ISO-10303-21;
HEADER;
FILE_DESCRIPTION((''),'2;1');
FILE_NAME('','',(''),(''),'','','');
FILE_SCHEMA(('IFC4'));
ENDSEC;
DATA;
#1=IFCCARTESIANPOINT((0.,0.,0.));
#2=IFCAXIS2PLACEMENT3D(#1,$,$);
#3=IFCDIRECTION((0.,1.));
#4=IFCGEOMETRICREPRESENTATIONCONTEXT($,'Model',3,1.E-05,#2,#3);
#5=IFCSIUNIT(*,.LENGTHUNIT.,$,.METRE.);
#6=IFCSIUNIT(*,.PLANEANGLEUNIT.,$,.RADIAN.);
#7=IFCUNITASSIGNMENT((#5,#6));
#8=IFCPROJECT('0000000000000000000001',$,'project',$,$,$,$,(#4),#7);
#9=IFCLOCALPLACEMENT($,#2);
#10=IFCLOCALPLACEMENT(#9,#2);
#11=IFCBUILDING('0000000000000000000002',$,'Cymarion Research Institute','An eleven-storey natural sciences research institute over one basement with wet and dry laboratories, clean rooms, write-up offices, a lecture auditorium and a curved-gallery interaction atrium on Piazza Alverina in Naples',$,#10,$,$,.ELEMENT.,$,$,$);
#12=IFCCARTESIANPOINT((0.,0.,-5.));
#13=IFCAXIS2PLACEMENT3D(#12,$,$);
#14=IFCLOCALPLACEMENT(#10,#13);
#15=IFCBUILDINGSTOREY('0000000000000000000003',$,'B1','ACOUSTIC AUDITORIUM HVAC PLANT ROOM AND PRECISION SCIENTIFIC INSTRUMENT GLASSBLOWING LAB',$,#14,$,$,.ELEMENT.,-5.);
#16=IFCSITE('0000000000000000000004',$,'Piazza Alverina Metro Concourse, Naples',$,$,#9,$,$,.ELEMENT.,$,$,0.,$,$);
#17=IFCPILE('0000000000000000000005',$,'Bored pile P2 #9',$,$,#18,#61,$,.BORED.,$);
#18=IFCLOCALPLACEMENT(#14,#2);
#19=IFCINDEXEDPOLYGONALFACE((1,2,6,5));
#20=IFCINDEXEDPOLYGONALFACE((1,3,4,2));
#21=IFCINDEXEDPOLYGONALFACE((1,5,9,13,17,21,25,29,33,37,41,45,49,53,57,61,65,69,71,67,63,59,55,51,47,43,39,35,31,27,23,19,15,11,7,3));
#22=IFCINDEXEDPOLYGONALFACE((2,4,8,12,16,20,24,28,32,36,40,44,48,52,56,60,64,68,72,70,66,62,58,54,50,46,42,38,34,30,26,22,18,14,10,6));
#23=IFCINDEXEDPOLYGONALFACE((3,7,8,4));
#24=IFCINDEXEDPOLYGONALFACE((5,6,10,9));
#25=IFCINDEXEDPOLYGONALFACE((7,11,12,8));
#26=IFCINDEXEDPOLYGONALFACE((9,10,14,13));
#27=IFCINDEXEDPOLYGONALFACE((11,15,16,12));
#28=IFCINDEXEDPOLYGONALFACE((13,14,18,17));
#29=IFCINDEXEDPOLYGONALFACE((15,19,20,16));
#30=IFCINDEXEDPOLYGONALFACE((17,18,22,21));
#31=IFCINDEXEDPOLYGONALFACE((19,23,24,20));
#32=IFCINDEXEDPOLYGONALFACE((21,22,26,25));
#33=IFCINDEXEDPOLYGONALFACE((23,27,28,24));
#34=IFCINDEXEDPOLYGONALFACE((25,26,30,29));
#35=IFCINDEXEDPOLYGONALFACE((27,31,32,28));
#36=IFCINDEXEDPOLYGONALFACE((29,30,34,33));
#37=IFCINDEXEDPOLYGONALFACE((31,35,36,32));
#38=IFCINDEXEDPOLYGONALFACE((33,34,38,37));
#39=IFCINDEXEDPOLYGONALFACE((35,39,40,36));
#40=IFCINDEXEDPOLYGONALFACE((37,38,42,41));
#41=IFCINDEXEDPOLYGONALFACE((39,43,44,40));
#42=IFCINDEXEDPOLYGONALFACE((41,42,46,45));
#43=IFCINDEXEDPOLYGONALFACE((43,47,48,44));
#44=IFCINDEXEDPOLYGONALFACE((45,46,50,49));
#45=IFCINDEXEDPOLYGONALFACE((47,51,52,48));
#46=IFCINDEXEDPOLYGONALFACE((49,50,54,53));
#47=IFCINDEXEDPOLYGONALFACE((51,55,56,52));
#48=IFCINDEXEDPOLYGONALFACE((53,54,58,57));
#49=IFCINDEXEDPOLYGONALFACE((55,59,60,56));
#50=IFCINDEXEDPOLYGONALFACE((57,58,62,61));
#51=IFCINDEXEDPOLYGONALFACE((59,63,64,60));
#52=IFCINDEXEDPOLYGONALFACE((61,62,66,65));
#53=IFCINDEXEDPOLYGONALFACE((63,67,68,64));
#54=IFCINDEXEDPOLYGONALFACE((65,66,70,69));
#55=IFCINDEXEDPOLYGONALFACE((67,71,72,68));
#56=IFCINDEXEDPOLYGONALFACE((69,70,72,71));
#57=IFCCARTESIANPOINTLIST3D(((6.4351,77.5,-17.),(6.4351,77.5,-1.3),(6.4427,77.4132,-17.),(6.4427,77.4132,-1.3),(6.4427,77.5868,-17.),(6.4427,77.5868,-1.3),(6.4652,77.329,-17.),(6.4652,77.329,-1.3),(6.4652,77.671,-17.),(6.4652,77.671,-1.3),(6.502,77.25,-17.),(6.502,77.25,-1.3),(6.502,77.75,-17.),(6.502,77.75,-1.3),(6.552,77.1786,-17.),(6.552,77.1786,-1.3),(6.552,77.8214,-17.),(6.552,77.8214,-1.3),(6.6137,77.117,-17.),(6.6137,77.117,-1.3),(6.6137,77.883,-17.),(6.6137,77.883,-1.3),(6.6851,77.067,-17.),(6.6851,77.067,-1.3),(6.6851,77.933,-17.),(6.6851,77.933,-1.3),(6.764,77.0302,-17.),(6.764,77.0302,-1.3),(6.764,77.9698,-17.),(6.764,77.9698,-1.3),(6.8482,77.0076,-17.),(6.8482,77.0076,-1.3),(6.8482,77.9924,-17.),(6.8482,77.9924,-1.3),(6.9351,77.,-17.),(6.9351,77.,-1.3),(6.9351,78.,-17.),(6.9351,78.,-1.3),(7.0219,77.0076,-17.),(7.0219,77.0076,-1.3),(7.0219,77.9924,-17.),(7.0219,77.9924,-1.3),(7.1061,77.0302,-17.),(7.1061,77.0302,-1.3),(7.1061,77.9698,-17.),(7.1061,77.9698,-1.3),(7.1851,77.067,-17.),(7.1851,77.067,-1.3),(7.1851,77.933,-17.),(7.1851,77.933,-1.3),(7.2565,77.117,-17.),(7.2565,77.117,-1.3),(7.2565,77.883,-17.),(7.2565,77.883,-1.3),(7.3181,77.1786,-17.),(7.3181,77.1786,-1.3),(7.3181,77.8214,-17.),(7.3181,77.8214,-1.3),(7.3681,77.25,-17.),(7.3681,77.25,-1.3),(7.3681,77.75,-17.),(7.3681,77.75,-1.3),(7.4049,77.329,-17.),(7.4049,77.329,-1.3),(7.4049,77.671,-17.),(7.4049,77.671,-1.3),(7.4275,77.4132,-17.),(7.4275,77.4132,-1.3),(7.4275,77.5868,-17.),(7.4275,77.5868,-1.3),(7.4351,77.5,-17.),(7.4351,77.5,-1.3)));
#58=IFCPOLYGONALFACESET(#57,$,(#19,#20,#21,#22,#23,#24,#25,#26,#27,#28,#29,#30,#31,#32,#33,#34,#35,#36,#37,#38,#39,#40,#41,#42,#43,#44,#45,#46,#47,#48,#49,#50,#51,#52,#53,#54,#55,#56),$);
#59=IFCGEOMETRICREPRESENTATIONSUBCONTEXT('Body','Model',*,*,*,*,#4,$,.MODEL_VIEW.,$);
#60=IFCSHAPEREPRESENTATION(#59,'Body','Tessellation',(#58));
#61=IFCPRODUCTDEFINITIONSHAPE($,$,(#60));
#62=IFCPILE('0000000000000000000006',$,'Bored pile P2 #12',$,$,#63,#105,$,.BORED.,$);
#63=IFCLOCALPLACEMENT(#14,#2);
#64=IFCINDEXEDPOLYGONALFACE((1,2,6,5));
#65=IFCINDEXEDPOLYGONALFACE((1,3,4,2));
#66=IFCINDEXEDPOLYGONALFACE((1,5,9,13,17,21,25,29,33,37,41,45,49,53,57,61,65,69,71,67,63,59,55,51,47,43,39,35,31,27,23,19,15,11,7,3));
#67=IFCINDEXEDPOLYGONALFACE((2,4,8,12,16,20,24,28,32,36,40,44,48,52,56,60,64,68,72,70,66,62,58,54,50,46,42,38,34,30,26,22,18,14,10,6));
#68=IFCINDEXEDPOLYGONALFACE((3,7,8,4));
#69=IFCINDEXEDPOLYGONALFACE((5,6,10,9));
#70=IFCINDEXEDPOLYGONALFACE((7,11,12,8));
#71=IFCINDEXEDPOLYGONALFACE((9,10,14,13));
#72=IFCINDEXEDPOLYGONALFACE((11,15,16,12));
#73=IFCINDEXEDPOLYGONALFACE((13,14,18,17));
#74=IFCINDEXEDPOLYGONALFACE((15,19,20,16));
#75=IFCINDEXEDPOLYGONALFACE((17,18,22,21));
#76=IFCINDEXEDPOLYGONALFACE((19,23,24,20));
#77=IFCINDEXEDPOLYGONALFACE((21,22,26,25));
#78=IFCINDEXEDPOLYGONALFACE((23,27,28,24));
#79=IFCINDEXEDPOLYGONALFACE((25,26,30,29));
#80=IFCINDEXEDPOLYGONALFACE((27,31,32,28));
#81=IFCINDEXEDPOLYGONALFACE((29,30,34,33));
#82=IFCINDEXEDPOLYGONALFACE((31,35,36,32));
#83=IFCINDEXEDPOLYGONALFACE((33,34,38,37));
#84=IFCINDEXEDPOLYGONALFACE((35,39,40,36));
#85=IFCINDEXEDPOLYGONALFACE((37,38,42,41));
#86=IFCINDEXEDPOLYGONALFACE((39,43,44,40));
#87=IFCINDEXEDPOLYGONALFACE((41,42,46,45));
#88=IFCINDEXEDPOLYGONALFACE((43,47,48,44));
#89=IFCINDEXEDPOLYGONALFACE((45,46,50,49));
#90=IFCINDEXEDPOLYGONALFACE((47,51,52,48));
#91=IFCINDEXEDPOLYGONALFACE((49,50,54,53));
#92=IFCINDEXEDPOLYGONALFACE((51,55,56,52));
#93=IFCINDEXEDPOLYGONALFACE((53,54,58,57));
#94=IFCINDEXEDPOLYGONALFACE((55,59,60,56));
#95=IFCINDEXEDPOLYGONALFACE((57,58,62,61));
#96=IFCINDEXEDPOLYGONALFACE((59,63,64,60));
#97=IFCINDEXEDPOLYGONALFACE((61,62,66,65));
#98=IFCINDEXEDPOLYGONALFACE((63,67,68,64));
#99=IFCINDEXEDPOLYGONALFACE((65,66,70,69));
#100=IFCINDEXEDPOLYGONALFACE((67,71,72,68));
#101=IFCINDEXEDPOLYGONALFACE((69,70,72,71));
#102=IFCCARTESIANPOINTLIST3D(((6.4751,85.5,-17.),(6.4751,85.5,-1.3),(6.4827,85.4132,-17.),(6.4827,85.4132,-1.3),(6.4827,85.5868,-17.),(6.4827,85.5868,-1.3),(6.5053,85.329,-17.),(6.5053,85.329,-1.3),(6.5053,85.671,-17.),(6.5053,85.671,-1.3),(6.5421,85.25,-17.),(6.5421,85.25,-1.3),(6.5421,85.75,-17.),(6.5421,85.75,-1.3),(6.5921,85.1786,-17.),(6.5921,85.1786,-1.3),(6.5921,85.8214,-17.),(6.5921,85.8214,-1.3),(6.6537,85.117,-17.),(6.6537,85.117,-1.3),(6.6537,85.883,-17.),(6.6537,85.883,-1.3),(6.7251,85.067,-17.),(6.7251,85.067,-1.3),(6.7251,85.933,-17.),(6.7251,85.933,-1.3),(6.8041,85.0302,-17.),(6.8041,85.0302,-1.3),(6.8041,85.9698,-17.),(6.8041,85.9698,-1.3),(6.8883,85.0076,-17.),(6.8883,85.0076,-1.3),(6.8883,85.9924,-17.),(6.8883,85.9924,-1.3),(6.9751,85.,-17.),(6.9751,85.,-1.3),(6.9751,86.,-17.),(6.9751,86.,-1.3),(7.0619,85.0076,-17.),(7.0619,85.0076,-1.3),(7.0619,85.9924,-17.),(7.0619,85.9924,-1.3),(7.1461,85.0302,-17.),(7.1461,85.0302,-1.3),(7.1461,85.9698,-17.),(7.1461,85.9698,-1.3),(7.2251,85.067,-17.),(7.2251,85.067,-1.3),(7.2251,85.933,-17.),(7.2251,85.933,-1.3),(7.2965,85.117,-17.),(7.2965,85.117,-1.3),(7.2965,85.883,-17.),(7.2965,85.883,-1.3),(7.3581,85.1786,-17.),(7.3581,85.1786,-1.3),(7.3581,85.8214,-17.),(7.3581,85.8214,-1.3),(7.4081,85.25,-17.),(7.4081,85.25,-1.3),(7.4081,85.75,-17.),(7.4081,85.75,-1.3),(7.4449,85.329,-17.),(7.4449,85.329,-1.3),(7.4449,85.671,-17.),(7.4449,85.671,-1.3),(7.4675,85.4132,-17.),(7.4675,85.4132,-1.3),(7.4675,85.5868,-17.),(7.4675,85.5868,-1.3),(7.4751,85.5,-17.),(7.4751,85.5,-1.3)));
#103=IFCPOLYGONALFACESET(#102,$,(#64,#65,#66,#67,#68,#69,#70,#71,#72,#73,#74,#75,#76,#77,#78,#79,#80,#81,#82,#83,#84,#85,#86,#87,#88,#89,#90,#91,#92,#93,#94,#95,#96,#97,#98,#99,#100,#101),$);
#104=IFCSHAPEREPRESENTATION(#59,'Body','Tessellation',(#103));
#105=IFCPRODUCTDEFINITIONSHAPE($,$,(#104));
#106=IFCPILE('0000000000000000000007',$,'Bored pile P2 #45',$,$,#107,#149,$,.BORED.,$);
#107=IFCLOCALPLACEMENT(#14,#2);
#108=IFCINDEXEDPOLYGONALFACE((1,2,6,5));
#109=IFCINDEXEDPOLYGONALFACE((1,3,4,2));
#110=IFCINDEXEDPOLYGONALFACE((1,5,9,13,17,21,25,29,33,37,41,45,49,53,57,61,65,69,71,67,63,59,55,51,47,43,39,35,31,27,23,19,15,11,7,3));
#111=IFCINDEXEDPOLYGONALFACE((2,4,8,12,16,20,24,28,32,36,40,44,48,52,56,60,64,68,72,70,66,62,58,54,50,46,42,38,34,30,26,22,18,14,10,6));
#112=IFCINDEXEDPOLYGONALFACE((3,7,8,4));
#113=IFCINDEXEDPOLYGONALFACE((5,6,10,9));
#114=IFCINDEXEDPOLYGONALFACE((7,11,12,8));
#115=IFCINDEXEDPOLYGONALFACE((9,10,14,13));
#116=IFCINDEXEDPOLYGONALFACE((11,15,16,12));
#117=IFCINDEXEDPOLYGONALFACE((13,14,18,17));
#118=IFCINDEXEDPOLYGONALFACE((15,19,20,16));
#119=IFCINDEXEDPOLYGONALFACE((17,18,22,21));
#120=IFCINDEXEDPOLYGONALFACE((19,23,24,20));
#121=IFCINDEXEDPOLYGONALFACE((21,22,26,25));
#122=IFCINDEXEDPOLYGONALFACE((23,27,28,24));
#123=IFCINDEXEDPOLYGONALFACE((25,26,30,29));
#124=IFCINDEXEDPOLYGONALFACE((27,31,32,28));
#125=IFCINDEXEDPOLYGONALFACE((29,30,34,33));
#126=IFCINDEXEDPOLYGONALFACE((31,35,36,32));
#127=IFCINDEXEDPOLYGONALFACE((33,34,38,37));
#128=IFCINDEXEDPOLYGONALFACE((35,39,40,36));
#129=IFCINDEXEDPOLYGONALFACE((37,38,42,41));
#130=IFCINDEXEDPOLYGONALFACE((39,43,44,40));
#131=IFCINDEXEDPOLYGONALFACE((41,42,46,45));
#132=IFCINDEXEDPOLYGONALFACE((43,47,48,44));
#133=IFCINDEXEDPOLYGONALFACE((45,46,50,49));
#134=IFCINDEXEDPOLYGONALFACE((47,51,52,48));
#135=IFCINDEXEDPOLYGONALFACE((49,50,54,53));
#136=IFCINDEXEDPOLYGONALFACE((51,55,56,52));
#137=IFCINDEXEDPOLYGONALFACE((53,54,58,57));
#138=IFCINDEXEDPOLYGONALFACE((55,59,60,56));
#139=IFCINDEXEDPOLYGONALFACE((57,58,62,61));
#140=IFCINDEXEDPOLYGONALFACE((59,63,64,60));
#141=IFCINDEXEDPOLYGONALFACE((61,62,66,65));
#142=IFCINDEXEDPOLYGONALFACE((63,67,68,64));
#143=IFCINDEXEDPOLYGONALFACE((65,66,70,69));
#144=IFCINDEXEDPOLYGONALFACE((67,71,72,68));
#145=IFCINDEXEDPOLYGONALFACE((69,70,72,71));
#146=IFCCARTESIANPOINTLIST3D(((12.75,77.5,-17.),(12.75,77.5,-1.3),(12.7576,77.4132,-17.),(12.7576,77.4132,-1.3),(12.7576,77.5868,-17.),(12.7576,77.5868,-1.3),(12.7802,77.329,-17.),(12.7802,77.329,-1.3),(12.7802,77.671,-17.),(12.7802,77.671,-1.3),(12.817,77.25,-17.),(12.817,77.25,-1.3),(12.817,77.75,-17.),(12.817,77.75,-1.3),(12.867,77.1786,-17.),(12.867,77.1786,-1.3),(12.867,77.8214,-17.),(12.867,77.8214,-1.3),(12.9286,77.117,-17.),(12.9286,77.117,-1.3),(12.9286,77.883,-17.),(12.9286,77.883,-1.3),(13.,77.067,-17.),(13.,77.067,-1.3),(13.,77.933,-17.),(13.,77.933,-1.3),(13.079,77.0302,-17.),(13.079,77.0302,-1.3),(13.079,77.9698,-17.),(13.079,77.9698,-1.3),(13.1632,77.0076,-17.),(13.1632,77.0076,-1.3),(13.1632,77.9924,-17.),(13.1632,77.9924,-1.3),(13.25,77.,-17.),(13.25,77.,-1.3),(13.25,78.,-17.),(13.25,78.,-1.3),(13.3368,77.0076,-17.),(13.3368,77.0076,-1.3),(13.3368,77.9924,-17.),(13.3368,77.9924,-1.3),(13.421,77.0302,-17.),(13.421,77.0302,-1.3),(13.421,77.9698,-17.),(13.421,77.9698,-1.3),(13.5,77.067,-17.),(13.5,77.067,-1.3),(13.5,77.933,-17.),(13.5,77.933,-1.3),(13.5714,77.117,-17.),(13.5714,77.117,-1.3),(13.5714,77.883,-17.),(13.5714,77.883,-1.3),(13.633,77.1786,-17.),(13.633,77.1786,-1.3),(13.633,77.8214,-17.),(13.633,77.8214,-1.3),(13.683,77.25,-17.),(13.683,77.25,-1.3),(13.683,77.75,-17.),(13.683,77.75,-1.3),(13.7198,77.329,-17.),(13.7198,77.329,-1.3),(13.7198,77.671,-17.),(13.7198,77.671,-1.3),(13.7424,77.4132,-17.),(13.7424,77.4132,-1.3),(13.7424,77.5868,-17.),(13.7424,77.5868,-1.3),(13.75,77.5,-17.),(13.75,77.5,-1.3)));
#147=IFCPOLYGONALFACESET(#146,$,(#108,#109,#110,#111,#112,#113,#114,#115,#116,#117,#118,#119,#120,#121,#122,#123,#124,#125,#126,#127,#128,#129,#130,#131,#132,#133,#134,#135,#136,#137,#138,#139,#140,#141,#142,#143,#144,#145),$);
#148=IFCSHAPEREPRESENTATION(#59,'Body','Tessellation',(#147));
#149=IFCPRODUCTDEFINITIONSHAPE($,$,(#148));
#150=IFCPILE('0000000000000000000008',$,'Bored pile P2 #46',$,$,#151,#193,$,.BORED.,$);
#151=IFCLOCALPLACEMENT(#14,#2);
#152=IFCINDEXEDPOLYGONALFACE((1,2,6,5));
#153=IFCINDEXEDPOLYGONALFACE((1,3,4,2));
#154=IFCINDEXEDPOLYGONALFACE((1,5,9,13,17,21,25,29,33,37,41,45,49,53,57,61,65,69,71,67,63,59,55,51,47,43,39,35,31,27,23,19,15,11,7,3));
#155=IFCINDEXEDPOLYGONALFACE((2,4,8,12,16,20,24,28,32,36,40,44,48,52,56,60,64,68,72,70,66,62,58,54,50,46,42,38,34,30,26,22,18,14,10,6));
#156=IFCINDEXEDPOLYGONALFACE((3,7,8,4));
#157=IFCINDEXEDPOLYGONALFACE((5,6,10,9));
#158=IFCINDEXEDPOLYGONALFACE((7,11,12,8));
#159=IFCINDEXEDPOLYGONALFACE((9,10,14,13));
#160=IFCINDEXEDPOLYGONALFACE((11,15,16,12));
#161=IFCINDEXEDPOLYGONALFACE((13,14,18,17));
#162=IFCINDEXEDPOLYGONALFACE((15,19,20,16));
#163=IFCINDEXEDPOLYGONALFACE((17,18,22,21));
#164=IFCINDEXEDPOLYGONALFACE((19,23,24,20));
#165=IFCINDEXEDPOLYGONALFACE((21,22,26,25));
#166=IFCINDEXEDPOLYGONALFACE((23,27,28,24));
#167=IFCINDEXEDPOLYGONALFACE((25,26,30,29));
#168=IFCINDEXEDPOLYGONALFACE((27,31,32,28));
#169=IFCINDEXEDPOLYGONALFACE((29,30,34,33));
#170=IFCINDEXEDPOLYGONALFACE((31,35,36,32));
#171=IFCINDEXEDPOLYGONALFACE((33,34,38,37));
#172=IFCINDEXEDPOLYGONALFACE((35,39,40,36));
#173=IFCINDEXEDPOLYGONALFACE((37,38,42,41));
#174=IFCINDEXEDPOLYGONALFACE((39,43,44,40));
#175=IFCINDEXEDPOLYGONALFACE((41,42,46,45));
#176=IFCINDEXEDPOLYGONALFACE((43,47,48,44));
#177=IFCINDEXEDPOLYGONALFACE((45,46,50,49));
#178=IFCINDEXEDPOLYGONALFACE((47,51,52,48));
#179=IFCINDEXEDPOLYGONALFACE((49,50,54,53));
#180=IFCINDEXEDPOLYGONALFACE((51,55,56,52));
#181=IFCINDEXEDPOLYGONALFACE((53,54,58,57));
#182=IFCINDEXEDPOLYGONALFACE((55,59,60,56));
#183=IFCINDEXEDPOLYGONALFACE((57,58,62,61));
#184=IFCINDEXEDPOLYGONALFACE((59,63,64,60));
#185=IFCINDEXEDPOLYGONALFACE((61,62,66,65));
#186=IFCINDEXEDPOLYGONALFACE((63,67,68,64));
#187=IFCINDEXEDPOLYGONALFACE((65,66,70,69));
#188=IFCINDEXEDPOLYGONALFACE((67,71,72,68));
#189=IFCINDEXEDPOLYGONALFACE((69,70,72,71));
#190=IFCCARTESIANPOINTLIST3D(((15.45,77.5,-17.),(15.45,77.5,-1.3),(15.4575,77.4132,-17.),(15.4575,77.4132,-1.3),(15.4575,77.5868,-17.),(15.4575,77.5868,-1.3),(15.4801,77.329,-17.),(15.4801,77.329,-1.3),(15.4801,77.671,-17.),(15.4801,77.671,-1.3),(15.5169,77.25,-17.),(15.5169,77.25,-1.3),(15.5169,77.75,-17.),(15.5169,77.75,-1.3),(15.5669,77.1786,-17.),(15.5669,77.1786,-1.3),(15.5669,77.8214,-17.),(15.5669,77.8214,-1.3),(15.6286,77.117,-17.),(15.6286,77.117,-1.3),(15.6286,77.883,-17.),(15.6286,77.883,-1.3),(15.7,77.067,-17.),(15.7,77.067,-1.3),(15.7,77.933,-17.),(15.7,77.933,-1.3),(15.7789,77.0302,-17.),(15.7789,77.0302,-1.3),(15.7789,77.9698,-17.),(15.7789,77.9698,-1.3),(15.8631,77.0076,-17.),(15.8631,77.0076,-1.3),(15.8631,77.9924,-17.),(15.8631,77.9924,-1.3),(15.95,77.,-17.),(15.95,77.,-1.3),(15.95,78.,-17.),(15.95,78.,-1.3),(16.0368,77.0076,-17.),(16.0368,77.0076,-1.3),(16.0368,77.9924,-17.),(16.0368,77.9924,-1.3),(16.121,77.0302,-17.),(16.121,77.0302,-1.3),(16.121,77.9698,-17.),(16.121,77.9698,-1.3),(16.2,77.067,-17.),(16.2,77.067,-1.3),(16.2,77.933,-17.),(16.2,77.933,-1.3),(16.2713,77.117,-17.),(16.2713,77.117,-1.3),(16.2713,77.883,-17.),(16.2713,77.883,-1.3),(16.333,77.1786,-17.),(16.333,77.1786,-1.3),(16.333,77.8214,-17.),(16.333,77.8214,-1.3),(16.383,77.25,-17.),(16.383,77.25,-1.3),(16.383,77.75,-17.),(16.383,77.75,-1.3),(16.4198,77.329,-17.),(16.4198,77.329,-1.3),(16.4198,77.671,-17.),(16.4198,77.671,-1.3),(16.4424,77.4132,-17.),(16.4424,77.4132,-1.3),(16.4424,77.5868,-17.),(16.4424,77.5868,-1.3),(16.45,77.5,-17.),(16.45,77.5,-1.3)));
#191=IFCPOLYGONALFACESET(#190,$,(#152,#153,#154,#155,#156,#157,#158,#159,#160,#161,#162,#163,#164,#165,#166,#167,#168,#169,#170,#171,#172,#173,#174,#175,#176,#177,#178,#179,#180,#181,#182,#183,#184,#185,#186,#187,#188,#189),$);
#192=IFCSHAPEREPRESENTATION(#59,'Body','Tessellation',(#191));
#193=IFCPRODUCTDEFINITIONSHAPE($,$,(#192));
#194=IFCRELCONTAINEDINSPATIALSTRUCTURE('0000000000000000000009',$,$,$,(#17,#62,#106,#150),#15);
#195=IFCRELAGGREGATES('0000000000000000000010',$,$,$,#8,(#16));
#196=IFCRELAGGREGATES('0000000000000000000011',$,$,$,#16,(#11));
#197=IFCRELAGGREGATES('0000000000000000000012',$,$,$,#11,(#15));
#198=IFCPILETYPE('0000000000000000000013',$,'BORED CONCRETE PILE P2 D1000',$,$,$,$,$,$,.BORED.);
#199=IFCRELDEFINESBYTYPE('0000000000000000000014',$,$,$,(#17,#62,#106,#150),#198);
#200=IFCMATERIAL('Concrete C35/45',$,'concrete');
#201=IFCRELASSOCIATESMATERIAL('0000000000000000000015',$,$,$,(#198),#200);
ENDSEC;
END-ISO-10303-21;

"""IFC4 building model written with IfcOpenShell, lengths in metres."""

from ifc_helpers import new_model, si_unit, direction, frame, origin, origin_2d, place, context, subcontext, project, spatial, circle, extrude, material, material_profile, profile_set, type_object, element, save


model = new_model("IFC4")

# Units and contexts
model_context = context("Model", 3, precision=1e-05, world=origin(), true_north=direction((0.0, 1.0)))
body_context = subcontext(model_context, "Body", "Model", "MODEL_VIEW")
ifc_project = project(units=[si_unit("LENGTHUNIT", "METRE"), si_unit("PLANEANGLEUNIT", "RADIAN")], contexts=[model_context])

# Site, building, storey
site_placement = place(None, origin())
site = spatial("IfcSite", under=ifc_project, at=site_placement, Name="Piazza Alverina Metro Concourse, Naples", CompositionType="ELEMENT", RefElevation=0.0)
building_placement = place(site_placement, origin())
building = spatial("IfcBuilding", under=site, at=building_placement, Name="Cymarion Research Institute", Description="An eleven-storey natural sciences research institute over one basement with wet and dry laboratories, clean rooms, write-up offices, a lecture auditorium and a curved-gallery interaction atrium on Piazza Alverina in Naples", CompositionType="ELEMENT")
storey_placement = place(building_placement, frame((0.0, 0.0, -5.0)))
storey = spatial("IfcBuildingStorey", under=building, at=storey_placement, Name="B1", Description="ACOUSTIC AUDITORIUM HVAC PLANT ROOM AND PRECISION SCIENTIFIC INSTRUMENT GLASSBLOWING LAB", CompositionType="ELEMENT", Elevation=-5.0)

# Piles
ifc_material_1 = material(Name="Concrete C35/45", Category="concrete")
ifc_material_profile_1 = material_profile(ifc_material_1, circle(Radius=0.5, at=origin_2d()), Name="BORED PILE D1000")
ifc_profile_set_1 = profile_set([ifc_material_profile_1], Name="Concrete C35/45")
pile_type = type_object("IfcPileType", Name="BORED CONCRETE PILE P2 D1000", PredefinedType="BORED", material=ifc_profile_set_1)
for number, where, z_axis, x_axis, name in (
    (1, (6.9351, 77.5, -1.3), (0.0, 0.0, -1.0), (1.0, 0.0, 0.0), "Bored pile P2 #9"),
    (2, (6.9751, 85.5, -1.3), (0.0, 0.0, -1.0), (1.0, 0.0, 0.0), "Bored pile P2 #12"),
    (3, (13.25, 77.5, -1.3), (0.0, 0.0, -1.0), (1.0, 0.0, 0.0), "Bored pile P2 #45"),
    (4, (15.95, 77.5, -1.3), (0.0, 0.0, -1.0), (1.0, 0.0, 0.0), "Bored pile P2 #46"),
):
    element("IfcPile", number, at=place(storey_placement, frame(where, z_axis=z_axis, x_axis=x_axis)), inside=storey, type_object=pile_type, Name=name, PredefinedType="BORED", context=body_context, shape_type="SweptSolid", body=[
        extrude(circle(Radius=0.5, at=origin_2d()), origin(), (0.0, 0.0, 1.0), 15.7),
    ])

save(model, "model.ifc")
